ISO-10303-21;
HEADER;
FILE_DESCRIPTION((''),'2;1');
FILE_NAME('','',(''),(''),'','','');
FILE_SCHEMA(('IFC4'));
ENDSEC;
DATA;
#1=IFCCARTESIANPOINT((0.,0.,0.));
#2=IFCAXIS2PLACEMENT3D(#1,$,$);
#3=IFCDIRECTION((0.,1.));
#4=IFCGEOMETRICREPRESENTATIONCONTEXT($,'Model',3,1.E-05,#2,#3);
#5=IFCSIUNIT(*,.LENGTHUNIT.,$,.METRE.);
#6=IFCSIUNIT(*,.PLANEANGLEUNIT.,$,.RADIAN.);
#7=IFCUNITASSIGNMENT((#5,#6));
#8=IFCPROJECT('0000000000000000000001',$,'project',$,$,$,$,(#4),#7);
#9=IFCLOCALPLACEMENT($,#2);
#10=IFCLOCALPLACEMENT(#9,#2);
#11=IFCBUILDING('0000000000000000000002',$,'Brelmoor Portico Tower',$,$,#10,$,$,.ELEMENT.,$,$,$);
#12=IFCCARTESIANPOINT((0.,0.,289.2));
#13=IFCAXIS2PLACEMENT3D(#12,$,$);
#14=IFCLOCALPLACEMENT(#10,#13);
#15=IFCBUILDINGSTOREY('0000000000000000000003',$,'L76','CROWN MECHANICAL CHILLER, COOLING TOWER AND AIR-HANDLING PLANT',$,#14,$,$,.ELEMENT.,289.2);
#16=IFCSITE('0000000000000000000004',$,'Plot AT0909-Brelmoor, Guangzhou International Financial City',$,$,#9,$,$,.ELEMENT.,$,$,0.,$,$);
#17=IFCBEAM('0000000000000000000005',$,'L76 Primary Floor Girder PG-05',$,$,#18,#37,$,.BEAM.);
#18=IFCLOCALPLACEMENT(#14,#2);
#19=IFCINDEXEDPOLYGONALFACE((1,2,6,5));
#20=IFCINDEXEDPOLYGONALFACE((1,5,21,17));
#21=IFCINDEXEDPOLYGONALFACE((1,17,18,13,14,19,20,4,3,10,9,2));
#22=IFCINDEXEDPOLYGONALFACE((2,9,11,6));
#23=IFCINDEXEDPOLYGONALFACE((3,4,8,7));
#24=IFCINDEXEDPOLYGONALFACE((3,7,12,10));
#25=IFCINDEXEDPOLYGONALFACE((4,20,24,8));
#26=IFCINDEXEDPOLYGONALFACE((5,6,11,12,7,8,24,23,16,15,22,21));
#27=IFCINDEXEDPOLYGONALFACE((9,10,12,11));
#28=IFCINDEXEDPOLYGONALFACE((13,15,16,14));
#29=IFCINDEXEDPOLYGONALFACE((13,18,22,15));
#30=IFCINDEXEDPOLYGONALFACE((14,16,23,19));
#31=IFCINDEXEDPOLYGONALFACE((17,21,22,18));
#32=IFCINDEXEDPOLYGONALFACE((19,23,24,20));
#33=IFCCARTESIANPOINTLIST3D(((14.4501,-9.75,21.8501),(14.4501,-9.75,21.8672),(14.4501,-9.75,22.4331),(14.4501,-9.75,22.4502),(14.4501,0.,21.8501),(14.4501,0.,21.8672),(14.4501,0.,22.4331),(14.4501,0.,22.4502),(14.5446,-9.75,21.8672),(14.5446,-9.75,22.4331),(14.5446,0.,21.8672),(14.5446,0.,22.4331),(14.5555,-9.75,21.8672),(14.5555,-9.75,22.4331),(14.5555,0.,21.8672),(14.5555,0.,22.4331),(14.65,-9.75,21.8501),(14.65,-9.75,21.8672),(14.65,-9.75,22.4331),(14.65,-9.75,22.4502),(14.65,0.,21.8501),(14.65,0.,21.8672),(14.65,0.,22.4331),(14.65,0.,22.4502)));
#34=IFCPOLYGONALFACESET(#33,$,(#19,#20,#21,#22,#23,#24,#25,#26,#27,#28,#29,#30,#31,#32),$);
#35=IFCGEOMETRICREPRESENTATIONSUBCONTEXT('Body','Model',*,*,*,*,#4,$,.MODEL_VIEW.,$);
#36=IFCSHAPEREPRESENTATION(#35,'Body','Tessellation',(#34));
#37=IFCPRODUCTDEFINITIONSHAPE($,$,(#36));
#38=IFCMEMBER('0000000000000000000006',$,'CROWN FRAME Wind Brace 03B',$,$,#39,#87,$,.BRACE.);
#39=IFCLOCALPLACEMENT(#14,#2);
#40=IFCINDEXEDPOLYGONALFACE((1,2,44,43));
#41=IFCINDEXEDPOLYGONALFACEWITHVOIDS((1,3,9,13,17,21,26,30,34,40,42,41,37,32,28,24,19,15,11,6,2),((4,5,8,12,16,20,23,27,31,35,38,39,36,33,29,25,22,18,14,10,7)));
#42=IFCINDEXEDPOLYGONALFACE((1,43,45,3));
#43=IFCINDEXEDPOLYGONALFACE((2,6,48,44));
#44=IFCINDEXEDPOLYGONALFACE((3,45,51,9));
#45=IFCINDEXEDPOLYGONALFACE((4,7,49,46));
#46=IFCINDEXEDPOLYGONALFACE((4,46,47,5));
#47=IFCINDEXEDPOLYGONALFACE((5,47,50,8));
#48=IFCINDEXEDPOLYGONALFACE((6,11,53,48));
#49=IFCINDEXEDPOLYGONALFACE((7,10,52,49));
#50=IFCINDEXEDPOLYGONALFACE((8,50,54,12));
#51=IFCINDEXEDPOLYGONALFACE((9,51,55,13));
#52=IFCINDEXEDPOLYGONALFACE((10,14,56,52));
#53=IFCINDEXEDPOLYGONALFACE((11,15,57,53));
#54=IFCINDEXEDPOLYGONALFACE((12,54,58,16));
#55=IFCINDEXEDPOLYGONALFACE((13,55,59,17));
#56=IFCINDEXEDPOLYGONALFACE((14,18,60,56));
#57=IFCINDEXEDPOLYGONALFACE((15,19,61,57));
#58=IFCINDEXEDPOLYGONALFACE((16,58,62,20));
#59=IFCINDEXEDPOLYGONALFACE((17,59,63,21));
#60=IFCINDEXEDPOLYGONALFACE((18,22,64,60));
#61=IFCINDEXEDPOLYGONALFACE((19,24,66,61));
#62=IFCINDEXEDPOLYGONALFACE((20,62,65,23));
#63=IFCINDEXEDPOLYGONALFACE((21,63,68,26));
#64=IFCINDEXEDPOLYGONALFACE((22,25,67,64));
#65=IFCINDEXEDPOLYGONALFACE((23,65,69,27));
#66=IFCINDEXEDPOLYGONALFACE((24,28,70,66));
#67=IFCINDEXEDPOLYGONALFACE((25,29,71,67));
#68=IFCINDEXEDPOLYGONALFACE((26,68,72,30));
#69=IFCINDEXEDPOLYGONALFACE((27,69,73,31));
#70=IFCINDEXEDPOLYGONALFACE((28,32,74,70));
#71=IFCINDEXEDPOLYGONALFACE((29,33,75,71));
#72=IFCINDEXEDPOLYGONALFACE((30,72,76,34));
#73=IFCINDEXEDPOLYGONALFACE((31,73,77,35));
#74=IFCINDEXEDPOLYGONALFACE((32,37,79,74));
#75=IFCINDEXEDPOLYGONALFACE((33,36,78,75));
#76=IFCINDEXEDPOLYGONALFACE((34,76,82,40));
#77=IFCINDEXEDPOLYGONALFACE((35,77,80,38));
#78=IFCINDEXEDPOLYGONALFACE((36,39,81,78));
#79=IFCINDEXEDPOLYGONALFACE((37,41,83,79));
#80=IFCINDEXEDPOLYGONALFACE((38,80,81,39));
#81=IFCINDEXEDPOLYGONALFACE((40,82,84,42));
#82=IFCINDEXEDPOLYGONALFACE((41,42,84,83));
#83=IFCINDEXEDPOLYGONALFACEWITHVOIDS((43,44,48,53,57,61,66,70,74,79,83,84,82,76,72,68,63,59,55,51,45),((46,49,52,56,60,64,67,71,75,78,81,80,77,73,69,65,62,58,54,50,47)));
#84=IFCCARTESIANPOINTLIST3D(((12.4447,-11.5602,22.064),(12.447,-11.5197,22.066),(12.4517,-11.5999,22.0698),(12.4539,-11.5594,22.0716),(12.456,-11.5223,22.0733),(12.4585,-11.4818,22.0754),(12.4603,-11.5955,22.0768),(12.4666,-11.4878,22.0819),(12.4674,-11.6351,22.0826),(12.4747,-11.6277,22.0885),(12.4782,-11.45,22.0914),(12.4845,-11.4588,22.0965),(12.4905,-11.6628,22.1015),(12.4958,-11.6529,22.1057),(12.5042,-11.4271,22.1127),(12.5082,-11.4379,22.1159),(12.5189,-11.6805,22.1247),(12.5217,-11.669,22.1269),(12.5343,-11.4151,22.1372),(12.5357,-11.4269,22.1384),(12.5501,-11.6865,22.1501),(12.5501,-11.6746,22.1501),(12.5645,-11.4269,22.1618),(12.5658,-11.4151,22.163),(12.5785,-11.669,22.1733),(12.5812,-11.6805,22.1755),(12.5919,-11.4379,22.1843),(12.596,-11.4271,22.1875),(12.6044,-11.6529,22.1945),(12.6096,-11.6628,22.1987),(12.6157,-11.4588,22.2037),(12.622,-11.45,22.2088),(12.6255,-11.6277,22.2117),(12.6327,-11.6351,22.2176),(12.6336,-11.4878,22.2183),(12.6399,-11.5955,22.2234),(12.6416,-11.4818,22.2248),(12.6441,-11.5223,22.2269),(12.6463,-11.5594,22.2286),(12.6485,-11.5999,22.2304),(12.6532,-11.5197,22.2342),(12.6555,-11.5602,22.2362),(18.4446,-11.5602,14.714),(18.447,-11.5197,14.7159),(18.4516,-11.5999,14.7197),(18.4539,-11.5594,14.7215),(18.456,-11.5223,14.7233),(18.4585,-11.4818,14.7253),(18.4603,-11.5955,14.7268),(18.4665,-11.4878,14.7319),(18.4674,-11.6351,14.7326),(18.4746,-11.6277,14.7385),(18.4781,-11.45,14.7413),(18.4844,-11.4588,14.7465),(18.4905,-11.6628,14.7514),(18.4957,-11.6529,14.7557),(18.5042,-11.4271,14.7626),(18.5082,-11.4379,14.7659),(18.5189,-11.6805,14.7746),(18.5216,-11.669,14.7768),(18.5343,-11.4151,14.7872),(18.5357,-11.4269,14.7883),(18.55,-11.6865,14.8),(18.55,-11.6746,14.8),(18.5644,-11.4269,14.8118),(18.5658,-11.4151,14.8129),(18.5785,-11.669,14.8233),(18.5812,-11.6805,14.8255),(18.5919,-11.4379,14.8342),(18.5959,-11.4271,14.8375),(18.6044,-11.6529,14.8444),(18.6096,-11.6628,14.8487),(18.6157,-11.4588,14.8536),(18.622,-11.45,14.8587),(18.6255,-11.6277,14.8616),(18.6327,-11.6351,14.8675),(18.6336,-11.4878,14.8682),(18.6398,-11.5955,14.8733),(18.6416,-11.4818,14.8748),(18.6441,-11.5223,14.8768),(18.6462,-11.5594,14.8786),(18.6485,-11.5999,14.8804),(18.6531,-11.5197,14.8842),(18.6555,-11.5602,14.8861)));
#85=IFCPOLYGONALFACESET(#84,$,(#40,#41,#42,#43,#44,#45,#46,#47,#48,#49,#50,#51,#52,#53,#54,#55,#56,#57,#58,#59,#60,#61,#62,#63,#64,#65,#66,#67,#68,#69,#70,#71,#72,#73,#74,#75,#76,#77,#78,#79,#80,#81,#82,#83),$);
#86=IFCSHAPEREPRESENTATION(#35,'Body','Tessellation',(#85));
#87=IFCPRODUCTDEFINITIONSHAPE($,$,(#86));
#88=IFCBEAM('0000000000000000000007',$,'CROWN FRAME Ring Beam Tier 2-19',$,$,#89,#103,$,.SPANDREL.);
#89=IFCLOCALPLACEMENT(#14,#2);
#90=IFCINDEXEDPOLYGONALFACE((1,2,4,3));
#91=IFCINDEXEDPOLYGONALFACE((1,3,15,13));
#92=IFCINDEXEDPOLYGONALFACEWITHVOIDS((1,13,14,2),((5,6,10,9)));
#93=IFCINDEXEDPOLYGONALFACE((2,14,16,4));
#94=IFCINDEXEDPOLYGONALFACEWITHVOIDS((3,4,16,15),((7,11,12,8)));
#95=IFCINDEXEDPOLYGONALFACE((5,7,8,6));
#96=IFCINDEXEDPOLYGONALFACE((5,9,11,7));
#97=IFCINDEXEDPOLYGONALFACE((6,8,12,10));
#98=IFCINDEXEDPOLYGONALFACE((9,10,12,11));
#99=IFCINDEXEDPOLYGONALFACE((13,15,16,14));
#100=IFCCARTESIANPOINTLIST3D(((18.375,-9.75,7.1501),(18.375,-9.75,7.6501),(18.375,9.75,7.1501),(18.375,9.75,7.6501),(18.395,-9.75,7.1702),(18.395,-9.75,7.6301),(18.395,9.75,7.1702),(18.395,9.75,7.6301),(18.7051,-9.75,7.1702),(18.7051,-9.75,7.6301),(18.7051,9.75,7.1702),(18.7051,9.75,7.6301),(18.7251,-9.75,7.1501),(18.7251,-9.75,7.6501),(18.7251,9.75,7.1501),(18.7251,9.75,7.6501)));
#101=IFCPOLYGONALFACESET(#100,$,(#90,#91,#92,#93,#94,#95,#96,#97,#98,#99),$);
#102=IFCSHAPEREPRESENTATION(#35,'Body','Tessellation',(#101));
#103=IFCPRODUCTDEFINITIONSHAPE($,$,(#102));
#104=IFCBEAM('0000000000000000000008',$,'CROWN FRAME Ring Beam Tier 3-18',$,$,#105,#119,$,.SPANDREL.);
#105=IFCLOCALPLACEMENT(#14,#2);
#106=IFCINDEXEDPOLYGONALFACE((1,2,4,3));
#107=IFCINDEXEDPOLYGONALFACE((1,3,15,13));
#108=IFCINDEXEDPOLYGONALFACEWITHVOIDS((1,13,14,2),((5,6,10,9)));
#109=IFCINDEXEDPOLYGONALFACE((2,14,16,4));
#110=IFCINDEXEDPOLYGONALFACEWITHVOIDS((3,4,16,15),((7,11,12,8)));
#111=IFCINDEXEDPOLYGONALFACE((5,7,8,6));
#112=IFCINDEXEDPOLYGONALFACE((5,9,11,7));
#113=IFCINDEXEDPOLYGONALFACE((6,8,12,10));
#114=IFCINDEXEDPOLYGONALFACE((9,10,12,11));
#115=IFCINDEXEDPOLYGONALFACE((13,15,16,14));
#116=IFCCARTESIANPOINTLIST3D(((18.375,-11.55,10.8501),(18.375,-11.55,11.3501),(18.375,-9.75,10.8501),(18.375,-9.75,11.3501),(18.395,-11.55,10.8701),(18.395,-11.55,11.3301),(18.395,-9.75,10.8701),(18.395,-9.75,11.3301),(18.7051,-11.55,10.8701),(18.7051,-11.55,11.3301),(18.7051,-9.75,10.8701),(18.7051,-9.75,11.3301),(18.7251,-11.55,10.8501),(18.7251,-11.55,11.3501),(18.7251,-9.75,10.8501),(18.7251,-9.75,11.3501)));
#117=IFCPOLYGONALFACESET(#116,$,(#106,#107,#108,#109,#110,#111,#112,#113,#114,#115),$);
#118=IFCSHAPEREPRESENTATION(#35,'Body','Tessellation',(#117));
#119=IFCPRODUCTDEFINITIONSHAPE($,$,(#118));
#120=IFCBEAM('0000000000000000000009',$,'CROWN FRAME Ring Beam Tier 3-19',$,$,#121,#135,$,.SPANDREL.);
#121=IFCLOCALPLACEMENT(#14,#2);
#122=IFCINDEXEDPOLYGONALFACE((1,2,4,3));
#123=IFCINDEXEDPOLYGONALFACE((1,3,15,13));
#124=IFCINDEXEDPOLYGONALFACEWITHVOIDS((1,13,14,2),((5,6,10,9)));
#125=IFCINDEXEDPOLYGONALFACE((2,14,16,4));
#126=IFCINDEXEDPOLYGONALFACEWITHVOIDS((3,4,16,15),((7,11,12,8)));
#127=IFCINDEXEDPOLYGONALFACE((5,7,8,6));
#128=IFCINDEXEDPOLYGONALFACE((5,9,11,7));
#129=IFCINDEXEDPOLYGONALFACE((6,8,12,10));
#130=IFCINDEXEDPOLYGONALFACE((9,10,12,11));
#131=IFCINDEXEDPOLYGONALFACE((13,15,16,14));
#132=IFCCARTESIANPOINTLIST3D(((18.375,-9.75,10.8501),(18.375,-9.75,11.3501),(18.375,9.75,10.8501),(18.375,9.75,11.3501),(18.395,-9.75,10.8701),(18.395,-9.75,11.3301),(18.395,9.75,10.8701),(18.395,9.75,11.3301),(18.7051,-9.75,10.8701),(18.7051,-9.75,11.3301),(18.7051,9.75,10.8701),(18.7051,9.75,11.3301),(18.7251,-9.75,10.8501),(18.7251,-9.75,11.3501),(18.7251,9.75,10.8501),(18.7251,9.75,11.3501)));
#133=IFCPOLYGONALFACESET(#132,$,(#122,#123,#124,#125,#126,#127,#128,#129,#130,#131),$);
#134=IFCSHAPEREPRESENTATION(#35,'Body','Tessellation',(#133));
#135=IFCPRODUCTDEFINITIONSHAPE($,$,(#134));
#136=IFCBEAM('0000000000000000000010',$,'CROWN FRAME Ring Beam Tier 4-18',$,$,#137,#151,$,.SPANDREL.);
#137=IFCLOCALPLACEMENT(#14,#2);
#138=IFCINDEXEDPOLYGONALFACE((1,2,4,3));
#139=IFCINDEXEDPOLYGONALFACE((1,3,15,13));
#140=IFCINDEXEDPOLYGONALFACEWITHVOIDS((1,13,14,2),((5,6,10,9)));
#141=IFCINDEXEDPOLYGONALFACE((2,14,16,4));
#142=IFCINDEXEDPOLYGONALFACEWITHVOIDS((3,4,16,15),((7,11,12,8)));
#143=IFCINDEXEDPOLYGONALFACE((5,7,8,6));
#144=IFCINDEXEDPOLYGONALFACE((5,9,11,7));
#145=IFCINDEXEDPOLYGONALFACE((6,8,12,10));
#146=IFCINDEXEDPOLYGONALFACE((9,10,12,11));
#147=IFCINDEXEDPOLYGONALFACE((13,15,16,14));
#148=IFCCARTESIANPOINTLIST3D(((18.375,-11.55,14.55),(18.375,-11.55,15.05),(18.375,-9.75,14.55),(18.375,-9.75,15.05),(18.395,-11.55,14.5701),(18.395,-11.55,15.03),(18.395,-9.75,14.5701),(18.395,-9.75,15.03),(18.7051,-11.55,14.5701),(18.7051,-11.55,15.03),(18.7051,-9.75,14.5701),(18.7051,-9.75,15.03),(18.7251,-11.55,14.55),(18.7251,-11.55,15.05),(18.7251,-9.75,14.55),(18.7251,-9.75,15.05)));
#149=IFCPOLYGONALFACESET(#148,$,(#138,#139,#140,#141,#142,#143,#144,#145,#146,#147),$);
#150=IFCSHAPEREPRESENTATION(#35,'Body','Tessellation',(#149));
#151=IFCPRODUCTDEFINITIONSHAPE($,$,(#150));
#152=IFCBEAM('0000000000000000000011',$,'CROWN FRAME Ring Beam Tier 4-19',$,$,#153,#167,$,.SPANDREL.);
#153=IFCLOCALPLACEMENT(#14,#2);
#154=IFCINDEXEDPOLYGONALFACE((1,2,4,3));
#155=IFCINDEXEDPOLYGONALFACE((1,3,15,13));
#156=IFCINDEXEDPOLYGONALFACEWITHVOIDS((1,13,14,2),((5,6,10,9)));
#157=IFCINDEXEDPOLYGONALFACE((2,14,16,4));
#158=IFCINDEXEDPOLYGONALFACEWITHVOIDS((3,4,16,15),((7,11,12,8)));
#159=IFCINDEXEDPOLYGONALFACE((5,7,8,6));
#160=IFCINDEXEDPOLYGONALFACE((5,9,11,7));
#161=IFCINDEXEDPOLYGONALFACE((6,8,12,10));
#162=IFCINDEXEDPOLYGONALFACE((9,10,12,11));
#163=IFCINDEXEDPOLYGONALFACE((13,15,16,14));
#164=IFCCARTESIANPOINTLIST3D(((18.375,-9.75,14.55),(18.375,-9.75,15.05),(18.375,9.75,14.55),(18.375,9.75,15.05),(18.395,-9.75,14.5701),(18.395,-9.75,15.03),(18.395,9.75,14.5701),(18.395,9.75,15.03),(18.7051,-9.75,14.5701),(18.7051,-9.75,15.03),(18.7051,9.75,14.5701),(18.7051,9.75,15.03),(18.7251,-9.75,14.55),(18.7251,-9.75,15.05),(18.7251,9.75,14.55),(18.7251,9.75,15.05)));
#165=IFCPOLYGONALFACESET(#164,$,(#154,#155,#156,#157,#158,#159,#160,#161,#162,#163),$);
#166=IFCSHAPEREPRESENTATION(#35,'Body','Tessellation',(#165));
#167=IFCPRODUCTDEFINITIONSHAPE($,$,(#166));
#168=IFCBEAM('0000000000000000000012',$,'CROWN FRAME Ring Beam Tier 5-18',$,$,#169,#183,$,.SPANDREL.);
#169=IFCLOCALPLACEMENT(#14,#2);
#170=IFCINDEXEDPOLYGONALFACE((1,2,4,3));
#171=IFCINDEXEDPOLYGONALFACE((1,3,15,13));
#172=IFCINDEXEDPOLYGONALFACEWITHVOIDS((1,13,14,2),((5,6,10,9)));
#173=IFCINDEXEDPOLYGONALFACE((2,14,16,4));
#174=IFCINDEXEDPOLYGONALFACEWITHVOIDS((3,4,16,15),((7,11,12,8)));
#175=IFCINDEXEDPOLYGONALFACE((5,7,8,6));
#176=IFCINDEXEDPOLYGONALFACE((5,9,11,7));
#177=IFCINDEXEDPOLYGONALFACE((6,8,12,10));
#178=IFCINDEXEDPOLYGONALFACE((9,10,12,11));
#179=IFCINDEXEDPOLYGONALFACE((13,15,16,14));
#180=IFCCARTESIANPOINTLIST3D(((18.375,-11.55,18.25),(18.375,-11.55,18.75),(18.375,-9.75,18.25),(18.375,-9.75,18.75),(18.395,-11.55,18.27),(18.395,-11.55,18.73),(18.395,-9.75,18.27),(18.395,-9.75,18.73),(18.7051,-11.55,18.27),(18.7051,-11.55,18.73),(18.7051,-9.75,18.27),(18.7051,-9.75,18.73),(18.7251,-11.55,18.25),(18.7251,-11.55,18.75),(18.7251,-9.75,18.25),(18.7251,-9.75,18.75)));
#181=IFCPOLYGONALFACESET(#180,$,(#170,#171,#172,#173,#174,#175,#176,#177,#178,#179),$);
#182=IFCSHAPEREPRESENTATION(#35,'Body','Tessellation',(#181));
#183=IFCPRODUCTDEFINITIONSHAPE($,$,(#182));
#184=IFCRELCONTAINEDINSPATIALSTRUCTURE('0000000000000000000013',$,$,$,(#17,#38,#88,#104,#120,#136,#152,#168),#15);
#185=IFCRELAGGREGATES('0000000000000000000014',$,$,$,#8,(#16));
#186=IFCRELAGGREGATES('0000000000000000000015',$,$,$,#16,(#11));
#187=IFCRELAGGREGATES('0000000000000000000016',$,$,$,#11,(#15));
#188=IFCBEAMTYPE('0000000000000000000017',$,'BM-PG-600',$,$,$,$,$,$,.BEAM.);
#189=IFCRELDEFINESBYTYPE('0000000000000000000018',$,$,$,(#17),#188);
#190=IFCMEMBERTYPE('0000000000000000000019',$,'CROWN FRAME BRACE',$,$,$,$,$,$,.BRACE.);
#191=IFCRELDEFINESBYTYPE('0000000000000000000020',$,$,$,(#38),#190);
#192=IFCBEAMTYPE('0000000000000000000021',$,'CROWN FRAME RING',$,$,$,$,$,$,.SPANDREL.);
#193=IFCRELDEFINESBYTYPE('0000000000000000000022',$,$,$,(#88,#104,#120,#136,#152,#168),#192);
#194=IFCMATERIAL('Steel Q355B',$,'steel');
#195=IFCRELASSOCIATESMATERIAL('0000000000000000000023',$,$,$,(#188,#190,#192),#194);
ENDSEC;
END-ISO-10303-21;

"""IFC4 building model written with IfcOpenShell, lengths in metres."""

from ifc_helpers import new_model, si_unit, direction, frame, origin, origin_2d, place, context, subcontext, project, spatial, hollow_rectangle, hollow_circle, i_section, extrude, material, material_profile, profile_set, type_object, element, save


model = new_model("IFC4")

# Units and contexts
model_context = context("Model", 3, precision=1e-05, world=origin(), true_north=direction((0.0, 1.0)))
body_context = subcontext(model_context, "Body", "Model", "MODEL_VIEW")
ifc_project = project(units=[si_unit("LENGTHUNIT", "METRE"), si_unit("PLANEANGLEUNIT", "RADIAN")], contexts=[model_context])

# Site, building, storey
site_placement = place(None, origin())
site = spatial("IfcSite", under=ifc_project, at=site_placement, Name="Plot AT0909-Brelmoor, Guangzhou International Financial City", CompositionType="ELEMENT", RefElevation=0.0)
building_placement = place(site_placement, origin())
building = spatial("IfcBuilding", under=site, at=building_placement, Name="Brelmoor Portico Tower", CompositionType="ELEMENT")
storey_placement = place(building_placement, frame((0.0, 0.0, 289.2)))
storey = spatial("IfcBuildingStorey", under=building, at=storey_placement, Name="L76", Description="CROWN MECHANICAL CHILLER, COOLING TOWER AND AIR-HANDLING PLANT", CompositionType="ELEMENT", Elevation=289.2)

# Beam
ifc_material_1 = material(Name="Steel Q355B", Category="steel")
ifc_material_profile_1 = material_profile(ifc_material_1, i_section(OverallWidth=0.2, OverallDepth=0.6001, WebThickness=0.011, FlangeThickness=0.0171, at=origin_2d()), Name="HN 600x200x11x17")
ifc_profile_set_1 = profile_set([ifc_material_profile_1], Name="Steel Q355B")
beam_type_1 = type_object("IfcBeamType", Name="BM-PG-600", PredefinedType="BEAM", material=ifc_profile_set_1)
beam_1_placement = place(storey_placement, frame((14.55, -9.75, 22.1501), z_axis=(0.0, 1.0, 0.0), x_axis=(-1.0, 0.0, 0.0)))
element("IfcBeam", 1, at=beam_1_placement, inside=storey, type_object=beam_type_1, Name="L76 Primary Floor Girder PG-05", PredefinedType="BEAM", context=body_context, shape_type="SweptSolid", body=[
    extrude(i_section(OverallWidth=0.2, OverallDepth=0.6001, WebThickness=0.011, FlangeThickness=0.0171, at=origin_2d()), origin(), (0.0, 0.0, 1.0), 9.75),
])

# Member
ifc_material_profile_2 = material_profile(ifc_material_1, hollow_circle(Radius=0.1365, WallThickness=0.012, at=origin_2d()), Name="CHS 273x12")
ifc_profile_set_2 = profile_set([ifc_material_profile_2], Name="Steel Q355B")
member_type = type_object("IfcMemberType", Name="CROWN FRAME BRACE", PredefinedType="BRACE", material=ifc_profile_set_2)
member_placement = place(storey_placement, frame((18.55, -11.55, 14.8), z_axis=(-0.632371, 0.0, 0.774665), x_axis=(0.0, -1.0, 0.0)))
element("IfcMember", 2, at=member_placement, inside=storey, type_object=member_type, Name="CROWN FRAME Wind Brace 03B", PredefinedType="BRACE", context=body_context, shape_type="SweptSolid", body=[
    extrude(hollow_circle(Radius=0.1365, WallThickness=0.012, at=origin_2d()), origin(), (0.0, 0.0, 1.0), 9.488),
])

# Beams
ifc_material_profile_3 = material_profile(ifc_material_1, hollow_rectangle(XDim=0.3501, YDim=0.5, WallThickness=0.02, at=origin_2d()), Name="RHS 350x500x20")
ifc_profile_set_3 = profile_set([ifc_material_profile_3], Name="Steel Q355B")
beam_type_2 = type_object("IfcBeamType", Name="CROWN FRAME RING", PredefinedType="SPANDREL", material=ifc_profile_set_3)
beam_2_placement = place(storey_placement, frame((18.55, -9.75, 7.4001), z_axis=(0.0, 1.0, 0.0), x_axis=(-1.0, 0.0, 0.0)))
element("IfcBeam", 3, at=beam_2_placement, inside=storey, type_object=beam_type_2, Name="CROWN FRAME Ring Beam Tier 2-19", PredefinedType="SPANDREL", context=body_context, shape_type="SweptSolid", body=[
    extrude(hollow_rectangle(XDim=0.3501, YDim=0.5, WallThickness=0.02, at=origin_2d()), origin(), (0.0, 0.0, 1.0), 19.5),
])
beam_3_placement = place(storey_placement, frame((18.55, -11.55, 11.1001), z_axis=(0.0, 1.0, 0.0), x_axis=(-1.0, 0.0, 0.0)))
element("IfcBeam", 4, at=beam_3_placement, inside=storey, type_object=beam_type_2, Name="CROWN FRAME Ring Beam Tier 3-18", PredefinedType="SPANDREL", context=body_context, shape_type="SweptSolid", body=[
    extrude(hollow_rectangle(XDim=0.3501, YDim=0.5, WallThickness=0.02, at=origin_2d()), origin(), (0.0, 0.0, 1.0), 1.8),
])
beam_4_placement = place(storey_placement, frame((18.55, -9.75, 11.1001), z_axis=(0.0, 1.0, 0.0), x_axis=(-1.0, 0.0, 0.0)))
element("IfcBeam", 5, at=beam_4_placement, inside=storey, type_object=beam_type_2, Name="CROWN FRAME Ring Beam Tier 3-19", PredefinedType="SPANDREL", context=body_context, shape_type="SweptSolid", body=[
    extrude(hollow_rectangle(XDim=0.3501, YDim=0.5, WallThickness=0.02, at=origin_2d()), origin(), (0.0, 0.0, 1.0), 19.5),
])
beam_5_placement = place(storey_placement, frame((18.55, -11.55, 14.8), z_axis=(0.0, 1.0, 0.0), x_axis=(-1.0, 0.0, 0.0)))
element("IfcBeam", 6, at=beam_5_placement, inside=storey, type_object=beam_type_2, Name="CROWN FRAME Ring Beam Tier 4-18", PredefinedType="SPANDREL", context=body_context, shape_type="SweptSolid", body=[
    extrude(hollow_rectangle(XDim=0.3501, YDim=0.5, WallThickness=0.02, at=origin_2d()), origin(), (0.0, 0.0, 1.0), 1.8),
])
beam_6_placement = place(storey_placement, frame((18.55, -9.75, 14.8), z_axis=(0.0, 1.0, 0.0), x_axis=(-1.0, 0.0, 0.0)))
element("IfcBeam", 7, at=beam_6_placement, inside=storey, type_object=beam_type_2, Name="CROWN FRAME Ring Beam Tier 4-19", PredefinedType="SPANDREL", context=body_context, shape_type="SweptSolid", body=[
    extrude(hollow_rectangle(XDim=0.3501, YDim=0.5, WallThickness=0.02, at=origin_2d()), origin(), (0.0, 0.0, 1.0), 19.5),
])
beam_7_placement = place(storey_placement, frame((18.55, -11.55, 18.5), z_axis=(0.0, 1.0, 0.0), x_axis=(-1.0, 0.0, 0.0)))
element("IfcBeam", 8, at=beam_7_placement, inside=storey, type_object=beam_type_2, Name="CROWN FRAME Ring Beam Tier 5-18", PredefinedType="SPANDREL", context=body_context, shape_type="SweptSolid", body=[
    extrude(hollow_rectangle(XDim=0.3501, YDim=0.5, WallThickness=0.02, at=origin_2d()), origin(), (0.0, 0.0, 1.0), 1.8),
])

save(model, "model.ifc")
